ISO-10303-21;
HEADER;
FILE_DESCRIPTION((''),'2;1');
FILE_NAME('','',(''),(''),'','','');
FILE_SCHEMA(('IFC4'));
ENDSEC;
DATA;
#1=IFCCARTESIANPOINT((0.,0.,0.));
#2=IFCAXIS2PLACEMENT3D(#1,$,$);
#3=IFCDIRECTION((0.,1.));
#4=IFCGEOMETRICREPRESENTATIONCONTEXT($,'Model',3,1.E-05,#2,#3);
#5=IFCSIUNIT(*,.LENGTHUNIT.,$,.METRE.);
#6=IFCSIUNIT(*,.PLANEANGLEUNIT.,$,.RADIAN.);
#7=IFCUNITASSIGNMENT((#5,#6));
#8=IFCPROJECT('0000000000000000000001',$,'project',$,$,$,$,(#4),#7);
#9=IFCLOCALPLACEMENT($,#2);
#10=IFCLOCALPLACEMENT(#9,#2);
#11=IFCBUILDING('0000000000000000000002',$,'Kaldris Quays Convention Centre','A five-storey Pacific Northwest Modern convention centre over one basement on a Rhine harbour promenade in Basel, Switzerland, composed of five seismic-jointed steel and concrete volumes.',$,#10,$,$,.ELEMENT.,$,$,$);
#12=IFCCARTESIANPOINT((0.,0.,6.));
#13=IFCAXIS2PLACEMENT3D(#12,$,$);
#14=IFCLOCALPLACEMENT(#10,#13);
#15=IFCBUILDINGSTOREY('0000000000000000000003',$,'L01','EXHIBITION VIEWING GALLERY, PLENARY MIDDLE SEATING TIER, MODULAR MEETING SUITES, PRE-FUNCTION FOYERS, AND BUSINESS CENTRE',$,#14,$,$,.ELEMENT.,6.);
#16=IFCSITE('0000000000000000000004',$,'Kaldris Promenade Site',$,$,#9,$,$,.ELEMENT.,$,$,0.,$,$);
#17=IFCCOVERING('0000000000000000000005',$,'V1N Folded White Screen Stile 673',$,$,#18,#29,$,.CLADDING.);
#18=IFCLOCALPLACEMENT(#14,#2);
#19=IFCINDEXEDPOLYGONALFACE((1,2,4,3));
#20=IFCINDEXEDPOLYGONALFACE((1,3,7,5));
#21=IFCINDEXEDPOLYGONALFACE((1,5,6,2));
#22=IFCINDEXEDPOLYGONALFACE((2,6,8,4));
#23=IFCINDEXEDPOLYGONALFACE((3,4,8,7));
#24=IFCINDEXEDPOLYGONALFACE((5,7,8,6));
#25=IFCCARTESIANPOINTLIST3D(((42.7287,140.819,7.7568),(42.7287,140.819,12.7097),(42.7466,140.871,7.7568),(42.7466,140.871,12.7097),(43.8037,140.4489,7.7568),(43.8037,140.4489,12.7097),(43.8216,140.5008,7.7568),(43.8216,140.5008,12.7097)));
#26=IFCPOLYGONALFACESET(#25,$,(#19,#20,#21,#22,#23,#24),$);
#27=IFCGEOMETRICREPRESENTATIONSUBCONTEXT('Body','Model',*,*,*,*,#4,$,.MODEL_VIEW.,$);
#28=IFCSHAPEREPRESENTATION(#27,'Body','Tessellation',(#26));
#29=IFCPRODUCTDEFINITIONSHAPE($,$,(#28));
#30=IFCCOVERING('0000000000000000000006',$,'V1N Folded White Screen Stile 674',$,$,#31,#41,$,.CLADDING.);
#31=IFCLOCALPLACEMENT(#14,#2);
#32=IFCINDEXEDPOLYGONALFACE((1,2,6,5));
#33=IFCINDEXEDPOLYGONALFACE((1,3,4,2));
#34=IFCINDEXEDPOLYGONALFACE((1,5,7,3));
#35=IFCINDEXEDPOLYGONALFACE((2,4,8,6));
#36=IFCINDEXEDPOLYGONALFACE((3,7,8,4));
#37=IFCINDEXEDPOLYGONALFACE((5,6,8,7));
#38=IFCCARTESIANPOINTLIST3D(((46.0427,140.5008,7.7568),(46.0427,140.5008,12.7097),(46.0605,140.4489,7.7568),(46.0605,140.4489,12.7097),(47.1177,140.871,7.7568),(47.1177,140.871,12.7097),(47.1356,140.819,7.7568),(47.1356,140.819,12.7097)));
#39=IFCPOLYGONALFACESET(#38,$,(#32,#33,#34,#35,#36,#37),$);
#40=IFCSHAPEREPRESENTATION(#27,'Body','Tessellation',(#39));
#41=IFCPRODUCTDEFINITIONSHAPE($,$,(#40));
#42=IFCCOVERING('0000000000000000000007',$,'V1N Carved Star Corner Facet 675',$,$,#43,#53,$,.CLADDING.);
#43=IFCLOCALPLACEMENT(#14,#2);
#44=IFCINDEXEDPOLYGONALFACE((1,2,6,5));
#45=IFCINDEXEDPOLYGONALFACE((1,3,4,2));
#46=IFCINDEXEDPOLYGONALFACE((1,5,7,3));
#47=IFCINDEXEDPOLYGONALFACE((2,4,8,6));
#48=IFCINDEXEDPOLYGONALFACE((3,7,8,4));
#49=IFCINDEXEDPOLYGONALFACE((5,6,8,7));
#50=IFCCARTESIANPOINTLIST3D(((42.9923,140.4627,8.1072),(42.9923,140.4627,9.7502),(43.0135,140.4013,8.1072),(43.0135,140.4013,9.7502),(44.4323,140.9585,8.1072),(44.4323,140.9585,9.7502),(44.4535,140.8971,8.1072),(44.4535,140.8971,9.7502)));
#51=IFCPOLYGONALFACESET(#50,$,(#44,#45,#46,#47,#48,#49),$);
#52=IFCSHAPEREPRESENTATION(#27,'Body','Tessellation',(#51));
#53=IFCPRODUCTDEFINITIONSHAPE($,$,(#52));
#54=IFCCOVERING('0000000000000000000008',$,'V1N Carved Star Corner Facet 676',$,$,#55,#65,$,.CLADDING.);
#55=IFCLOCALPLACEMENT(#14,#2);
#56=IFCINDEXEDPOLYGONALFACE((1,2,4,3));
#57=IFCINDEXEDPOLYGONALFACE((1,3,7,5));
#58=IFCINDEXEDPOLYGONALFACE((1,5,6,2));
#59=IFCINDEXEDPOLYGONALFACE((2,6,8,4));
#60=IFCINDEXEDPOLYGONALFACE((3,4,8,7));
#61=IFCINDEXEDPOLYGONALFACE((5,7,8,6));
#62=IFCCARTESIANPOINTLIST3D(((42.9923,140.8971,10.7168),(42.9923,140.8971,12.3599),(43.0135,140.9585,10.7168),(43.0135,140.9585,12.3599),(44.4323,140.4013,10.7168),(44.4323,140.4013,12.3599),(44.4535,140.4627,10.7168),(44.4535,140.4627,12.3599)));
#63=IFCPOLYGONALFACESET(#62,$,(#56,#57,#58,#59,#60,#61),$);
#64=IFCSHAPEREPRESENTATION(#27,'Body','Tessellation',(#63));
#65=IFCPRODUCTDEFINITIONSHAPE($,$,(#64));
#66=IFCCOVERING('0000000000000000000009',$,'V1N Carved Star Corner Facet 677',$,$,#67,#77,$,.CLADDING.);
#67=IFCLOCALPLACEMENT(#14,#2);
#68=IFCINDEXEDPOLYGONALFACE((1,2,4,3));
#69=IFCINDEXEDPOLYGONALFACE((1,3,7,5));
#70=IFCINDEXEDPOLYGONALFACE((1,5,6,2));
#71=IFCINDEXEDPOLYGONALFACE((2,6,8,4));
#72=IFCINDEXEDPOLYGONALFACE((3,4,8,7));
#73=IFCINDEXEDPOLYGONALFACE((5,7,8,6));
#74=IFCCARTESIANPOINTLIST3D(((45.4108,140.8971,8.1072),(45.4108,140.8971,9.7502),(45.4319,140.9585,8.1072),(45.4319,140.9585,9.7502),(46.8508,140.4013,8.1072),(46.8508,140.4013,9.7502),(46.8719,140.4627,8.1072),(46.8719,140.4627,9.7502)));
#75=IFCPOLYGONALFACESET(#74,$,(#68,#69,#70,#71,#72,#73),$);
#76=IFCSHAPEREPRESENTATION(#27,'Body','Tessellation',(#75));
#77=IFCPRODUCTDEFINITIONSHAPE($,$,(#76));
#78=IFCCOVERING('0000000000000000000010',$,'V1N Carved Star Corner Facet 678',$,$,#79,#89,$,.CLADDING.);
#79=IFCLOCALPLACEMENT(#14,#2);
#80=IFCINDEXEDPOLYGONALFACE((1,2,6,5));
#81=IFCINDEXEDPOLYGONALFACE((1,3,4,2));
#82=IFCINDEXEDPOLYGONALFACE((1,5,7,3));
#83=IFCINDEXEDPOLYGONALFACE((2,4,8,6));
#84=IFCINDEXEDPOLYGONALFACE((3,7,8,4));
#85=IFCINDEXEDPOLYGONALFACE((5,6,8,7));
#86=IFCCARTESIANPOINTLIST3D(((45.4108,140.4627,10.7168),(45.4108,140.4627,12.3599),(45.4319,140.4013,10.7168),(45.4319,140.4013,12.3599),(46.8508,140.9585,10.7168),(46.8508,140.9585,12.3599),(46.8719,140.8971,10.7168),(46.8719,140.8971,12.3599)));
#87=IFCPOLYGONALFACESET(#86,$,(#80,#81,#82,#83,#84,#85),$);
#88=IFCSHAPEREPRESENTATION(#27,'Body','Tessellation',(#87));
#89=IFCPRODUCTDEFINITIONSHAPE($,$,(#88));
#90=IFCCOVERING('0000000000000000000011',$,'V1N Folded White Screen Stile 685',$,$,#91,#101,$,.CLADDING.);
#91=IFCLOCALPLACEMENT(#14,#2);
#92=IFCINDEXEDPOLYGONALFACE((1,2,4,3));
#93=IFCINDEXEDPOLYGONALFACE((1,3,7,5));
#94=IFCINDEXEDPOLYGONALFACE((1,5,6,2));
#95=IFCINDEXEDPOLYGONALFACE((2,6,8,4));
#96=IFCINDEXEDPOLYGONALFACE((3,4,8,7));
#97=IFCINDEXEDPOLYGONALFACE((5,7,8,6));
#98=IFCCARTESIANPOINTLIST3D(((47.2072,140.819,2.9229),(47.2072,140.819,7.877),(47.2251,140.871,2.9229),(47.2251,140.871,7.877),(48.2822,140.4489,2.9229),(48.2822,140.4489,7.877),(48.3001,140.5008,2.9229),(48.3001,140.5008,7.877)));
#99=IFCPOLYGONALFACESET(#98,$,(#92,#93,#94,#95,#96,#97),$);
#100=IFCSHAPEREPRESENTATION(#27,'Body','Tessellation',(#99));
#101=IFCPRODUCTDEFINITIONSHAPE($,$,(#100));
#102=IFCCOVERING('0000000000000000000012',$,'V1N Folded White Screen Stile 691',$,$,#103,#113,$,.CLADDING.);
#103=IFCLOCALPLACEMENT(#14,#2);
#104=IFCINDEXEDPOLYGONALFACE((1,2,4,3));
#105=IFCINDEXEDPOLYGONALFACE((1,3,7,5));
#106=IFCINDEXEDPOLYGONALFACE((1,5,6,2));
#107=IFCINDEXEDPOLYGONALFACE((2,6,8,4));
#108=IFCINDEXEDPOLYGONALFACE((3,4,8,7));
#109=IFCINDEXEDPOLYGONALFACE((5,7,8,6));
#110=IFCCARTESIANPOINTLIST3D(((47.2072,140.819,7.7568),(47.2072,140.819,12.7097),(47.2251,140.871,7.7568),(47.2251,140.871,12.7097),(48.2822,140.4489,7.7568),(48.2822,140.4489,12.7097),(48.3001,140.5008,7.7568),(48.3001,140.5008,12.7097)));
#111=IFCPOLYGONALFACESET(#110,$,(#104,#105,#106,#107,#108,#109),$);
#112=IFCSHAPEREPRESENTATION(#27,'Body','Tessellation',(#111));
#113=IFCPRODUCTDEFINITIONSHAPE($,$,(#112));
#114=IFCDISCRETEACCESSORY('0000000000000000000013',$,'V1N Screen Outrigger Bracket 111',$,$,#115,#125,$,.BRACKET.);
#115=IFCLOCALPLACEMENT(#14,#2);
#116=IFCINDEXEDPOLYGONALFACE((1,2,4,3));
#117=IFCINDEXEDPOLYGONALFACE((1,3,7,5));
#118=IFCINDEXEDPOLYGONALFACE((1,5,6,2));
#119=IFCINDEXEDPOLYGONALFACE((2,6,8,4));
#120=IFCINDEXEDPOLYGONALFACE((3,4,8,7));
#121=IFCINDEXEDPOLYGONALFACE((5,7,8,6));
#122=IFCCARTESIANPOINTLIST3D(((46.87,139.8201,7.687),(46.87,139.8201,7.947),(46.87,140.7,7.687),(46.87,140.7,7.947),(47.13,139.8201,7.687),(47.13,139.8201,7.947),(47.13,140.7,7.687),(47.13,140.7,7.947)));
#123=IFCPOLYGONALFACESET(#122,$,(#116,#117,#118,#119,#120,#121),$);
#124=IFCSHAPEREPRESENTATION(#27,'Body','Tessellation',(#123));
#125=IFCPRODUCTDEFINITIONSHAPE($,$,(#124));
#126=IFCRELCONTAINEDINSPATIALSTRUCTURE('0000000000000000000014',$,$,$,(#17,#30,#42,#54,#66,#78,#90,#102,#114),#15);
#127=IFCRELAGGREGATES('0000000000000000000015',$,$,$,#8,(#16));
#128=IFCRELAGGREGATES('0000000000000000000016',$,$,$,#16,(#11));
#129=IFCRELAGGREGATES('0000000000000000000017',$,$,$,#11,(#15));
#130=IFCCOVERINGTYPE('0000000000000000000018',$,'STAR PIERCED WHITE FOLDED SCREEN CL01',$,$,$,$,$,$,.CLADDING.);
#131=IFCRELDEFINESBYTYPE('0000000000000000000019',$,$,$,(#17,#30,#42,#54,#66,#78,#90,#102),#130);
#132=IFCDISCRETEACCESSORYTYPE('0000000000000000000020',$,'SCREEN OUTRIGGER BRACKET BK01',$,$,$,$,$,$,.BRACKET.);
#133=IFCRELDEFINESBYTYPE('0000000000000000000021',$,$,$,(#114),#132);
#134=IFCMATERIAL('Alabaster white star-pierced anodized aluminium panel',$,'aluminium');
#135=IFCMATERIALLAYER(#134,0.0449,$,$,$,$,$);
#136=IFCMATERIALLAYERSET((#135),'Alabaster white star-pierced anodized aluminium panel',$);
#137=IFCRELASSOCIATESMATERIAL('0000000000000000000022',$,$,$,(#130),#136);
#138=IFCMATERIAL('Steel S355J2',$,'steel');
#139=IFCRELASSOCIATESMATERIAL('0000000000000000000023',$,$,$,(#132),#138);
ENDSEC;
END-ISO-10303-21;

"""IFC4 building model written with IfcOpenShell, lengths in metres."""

from ifc_helpers import new_model, si_unit, direction, frame, origin, origin_2d, place, context, subcontext, project, spatial, rectangle, extrude, material, layer, layer_set, type_object, element, save


model = new_model("IFC4")

# Units and contexts
model_context = context("Model", 3, precision=1e-05, world=origin(), true_north=direction((0.0, 1.0)))
body_context = subcontext(model_context, "Body", "Model", "MODEL_VIEW")
ifc_project = project(units=[si_unit("LENGTHUNIT", "METRE"), si_unit("PLANEANGLEUNIT", "RADIAN")], contexts=[model_context])

# Site, building, storey
site_placement = place(None, origin())
site = spatial("IfcSite", under=ifc_project, at=site_placement, Name="Kaldris Promenade Site", CompositionType="ELEMENT", RefElevation=0.0)
building_placement = place(site_placement, origin())
building = spatial("IfcBuilding", under=site, at=building_placement, Name="Kaldris Quays Convention Centre", Description="A five-storey Pacific Northwest Modern convention centre over one basement on a Rhine harbour promenade in Basel, Switzerland, composed of five seismic-jointed steel and concrete volumes.", CompositionType="ELEMENT")
storey_placement = place(building_placement, frame((0.0, 0.0, 6.0)))
storey = spatial("IfcBuildingStorey", under=building, at=storey_placement, Name="L01", Description="EXHIBITION VIEWING GALLERY, PLENARY MIDDLE SEATING TIER, MODULAR MEETING SUITES, PRE-FUNCTION FOYERS, AND BUSINESS CENTRE", CompositionType="ELEMENT", Elevation=6.0)

# Coverings
ifc_material_1 = material(Name="Alabaster white star-pierced anodized aluminium panel", Category="aluminium")
ifc_layer = layer(ifc_material_1, 0.0449)
ifc_layer_set = layer_set([ifc_layer], Name="Alabaster white star-pierced anodized aluminium panel")
covering_type = type_object("IfcCoveringType", Name="STAR PIERCED WHITE FOLDED SCREEN CL01", PredefinedType="CLADDING", material=ifc_layer_set)
for number, where, z_axis, x_axis, name in (
    (1, (43.2751, 140.6599, 7.7568), (0.0, 0.0, 1.0), (0.945519, -0.325568, 0.0), "V1N Folded White Screen Stile 673"),
    (2, (46.5891, 140.6599, 7.7568), (0.0, 0.0, 1.0), (0.945519, 0.325568, 0.0), "V1N Folded White Screen Stile 674"),
):
    element("IfcCovering", number, at=place(storey_placement, frame(where, z_axis=z_axis, x_axis=x_axis)), inside=storey, type_object=covering_type, Name=name, PredefinedType="CLADDING", context=body_context, shape_type="SweptSolid", body=[
        extrude(rectangle(XDim=1.137, YDim=0.0549, at=origin_2d()), origin(), (0.0, 0.0, 1.0), 4.9529),
    ])
for number, where, z_axis, x_axis, name in (
    (3, (43.7229, 140.6799, 8.1072), (0.0, 0.0, 1.0), (0.945519, 0.325568, 0.0), "V1N Carved Star Corner Facet 675"),
    (4, (43.7229, 140.6799, 10.7168), (0.0, 0.0, 1.0), (0.945519, -0.325568, 0.0), "V1N Carved Star Corner Facet 676"),
    (5, (46.1414, 140.6799, 8.1072), (0.0, 0.0, 1.0), (0.945519, -0.325568, 0.0), "V1N Carved Star Corner Facet 677"),
    (6, (46.1414, 140.6799, 10.7168), (0.0, 0.0, 1.0), (0.945519, 0.325568, 0.0), "V1N Carved Star Corner Facet 678"),
):
    element("IfcCovering", number, at=place(storey_placement, frame(where, z_axis=z_axis, x_axis=x_axis)), inside=storey, type_object=covering_type, Name=name, PredefinedType="CLADDING", context=body_context, shape_type="SweptSolid", body=[
        extrude(rectangle(XDim=1.5229, YDim=0.0649, at=origin_2d()), origin(), (0.0, 0.0, 1.0), 1.6431),
    ])
covering_1_placement = place(storey_placement, frame((47.7537, 140.6599, 2.9229), z_axis=(0.0, 0.0, 1.0), x_axis=(0.945519, -0.325568, 0.0)))
element("IfcCovering", 7, at=covering_1_placement, inside=storey, type_object=covering_type, Name="V1N Folded White Screen Stile 685", PredefinedType="CLADDING", context=body_context, shape_type="SweptSolid", body=[
    extrude(rectangle(XDim=1.137, YDim=0.0549, at=origin_2d()), origin(), (0.0, 0.0, 1.0), 4.9541),
])
covering_2_placement = place(storey_placement, frame((47.7537, 140.6599, 7.7568), z_axis=(0.0, 0.0, 1.0), x_axis=(0.945519, -0.325568, 0.0)))
element("IfcCovering", 8, at=covering_2_placement, inside=storey, type_object=covering_type, Name="V1N Folded White Screen Stile 691", PredefinedType="CLADDING", context=body_context, shape_type="SweptSolid", body=[
    extrude(rectangle(XDim=1.137, YDim=0.0549, at=origin_2d()), origin(), (0.0, 0.0, 1.0), 4.9529),
])

# Discrete accessory
ifc_material_2 = material(Name="Steel S355J2", Category="steel")
discrete_accessory_type = type_object("IfcDiscreteAccessoryType", Name="SCREEN OUTRIGGER BRACKET BK01", PredefinedType="BRACKET", material=ifc_material_2)
discrete_accessory_placement = place(storey_placement, frame((47.0, 140.26, 7.687), z_axis=(0.0, 0.0, 1.0), x_axis=(1.0, 0.0, 0.0)))
element("IfcDiscreteAccessory", 9, at=discrete_accessory_placement, inside=storey, type_object=discrete_accessory_type, Name="V1N Screen Outrigger Bracket 111", PredefinedType="BRACKET", context=body_context, shape_type="SweptSolid", body=[
    extrude(rectangle(XDim=0.26, YDim=0.8799, at=origin_2d()), origin(), (0.0, 0.0, 1.0), 0.26),
])

save(model, "model.ifc")
